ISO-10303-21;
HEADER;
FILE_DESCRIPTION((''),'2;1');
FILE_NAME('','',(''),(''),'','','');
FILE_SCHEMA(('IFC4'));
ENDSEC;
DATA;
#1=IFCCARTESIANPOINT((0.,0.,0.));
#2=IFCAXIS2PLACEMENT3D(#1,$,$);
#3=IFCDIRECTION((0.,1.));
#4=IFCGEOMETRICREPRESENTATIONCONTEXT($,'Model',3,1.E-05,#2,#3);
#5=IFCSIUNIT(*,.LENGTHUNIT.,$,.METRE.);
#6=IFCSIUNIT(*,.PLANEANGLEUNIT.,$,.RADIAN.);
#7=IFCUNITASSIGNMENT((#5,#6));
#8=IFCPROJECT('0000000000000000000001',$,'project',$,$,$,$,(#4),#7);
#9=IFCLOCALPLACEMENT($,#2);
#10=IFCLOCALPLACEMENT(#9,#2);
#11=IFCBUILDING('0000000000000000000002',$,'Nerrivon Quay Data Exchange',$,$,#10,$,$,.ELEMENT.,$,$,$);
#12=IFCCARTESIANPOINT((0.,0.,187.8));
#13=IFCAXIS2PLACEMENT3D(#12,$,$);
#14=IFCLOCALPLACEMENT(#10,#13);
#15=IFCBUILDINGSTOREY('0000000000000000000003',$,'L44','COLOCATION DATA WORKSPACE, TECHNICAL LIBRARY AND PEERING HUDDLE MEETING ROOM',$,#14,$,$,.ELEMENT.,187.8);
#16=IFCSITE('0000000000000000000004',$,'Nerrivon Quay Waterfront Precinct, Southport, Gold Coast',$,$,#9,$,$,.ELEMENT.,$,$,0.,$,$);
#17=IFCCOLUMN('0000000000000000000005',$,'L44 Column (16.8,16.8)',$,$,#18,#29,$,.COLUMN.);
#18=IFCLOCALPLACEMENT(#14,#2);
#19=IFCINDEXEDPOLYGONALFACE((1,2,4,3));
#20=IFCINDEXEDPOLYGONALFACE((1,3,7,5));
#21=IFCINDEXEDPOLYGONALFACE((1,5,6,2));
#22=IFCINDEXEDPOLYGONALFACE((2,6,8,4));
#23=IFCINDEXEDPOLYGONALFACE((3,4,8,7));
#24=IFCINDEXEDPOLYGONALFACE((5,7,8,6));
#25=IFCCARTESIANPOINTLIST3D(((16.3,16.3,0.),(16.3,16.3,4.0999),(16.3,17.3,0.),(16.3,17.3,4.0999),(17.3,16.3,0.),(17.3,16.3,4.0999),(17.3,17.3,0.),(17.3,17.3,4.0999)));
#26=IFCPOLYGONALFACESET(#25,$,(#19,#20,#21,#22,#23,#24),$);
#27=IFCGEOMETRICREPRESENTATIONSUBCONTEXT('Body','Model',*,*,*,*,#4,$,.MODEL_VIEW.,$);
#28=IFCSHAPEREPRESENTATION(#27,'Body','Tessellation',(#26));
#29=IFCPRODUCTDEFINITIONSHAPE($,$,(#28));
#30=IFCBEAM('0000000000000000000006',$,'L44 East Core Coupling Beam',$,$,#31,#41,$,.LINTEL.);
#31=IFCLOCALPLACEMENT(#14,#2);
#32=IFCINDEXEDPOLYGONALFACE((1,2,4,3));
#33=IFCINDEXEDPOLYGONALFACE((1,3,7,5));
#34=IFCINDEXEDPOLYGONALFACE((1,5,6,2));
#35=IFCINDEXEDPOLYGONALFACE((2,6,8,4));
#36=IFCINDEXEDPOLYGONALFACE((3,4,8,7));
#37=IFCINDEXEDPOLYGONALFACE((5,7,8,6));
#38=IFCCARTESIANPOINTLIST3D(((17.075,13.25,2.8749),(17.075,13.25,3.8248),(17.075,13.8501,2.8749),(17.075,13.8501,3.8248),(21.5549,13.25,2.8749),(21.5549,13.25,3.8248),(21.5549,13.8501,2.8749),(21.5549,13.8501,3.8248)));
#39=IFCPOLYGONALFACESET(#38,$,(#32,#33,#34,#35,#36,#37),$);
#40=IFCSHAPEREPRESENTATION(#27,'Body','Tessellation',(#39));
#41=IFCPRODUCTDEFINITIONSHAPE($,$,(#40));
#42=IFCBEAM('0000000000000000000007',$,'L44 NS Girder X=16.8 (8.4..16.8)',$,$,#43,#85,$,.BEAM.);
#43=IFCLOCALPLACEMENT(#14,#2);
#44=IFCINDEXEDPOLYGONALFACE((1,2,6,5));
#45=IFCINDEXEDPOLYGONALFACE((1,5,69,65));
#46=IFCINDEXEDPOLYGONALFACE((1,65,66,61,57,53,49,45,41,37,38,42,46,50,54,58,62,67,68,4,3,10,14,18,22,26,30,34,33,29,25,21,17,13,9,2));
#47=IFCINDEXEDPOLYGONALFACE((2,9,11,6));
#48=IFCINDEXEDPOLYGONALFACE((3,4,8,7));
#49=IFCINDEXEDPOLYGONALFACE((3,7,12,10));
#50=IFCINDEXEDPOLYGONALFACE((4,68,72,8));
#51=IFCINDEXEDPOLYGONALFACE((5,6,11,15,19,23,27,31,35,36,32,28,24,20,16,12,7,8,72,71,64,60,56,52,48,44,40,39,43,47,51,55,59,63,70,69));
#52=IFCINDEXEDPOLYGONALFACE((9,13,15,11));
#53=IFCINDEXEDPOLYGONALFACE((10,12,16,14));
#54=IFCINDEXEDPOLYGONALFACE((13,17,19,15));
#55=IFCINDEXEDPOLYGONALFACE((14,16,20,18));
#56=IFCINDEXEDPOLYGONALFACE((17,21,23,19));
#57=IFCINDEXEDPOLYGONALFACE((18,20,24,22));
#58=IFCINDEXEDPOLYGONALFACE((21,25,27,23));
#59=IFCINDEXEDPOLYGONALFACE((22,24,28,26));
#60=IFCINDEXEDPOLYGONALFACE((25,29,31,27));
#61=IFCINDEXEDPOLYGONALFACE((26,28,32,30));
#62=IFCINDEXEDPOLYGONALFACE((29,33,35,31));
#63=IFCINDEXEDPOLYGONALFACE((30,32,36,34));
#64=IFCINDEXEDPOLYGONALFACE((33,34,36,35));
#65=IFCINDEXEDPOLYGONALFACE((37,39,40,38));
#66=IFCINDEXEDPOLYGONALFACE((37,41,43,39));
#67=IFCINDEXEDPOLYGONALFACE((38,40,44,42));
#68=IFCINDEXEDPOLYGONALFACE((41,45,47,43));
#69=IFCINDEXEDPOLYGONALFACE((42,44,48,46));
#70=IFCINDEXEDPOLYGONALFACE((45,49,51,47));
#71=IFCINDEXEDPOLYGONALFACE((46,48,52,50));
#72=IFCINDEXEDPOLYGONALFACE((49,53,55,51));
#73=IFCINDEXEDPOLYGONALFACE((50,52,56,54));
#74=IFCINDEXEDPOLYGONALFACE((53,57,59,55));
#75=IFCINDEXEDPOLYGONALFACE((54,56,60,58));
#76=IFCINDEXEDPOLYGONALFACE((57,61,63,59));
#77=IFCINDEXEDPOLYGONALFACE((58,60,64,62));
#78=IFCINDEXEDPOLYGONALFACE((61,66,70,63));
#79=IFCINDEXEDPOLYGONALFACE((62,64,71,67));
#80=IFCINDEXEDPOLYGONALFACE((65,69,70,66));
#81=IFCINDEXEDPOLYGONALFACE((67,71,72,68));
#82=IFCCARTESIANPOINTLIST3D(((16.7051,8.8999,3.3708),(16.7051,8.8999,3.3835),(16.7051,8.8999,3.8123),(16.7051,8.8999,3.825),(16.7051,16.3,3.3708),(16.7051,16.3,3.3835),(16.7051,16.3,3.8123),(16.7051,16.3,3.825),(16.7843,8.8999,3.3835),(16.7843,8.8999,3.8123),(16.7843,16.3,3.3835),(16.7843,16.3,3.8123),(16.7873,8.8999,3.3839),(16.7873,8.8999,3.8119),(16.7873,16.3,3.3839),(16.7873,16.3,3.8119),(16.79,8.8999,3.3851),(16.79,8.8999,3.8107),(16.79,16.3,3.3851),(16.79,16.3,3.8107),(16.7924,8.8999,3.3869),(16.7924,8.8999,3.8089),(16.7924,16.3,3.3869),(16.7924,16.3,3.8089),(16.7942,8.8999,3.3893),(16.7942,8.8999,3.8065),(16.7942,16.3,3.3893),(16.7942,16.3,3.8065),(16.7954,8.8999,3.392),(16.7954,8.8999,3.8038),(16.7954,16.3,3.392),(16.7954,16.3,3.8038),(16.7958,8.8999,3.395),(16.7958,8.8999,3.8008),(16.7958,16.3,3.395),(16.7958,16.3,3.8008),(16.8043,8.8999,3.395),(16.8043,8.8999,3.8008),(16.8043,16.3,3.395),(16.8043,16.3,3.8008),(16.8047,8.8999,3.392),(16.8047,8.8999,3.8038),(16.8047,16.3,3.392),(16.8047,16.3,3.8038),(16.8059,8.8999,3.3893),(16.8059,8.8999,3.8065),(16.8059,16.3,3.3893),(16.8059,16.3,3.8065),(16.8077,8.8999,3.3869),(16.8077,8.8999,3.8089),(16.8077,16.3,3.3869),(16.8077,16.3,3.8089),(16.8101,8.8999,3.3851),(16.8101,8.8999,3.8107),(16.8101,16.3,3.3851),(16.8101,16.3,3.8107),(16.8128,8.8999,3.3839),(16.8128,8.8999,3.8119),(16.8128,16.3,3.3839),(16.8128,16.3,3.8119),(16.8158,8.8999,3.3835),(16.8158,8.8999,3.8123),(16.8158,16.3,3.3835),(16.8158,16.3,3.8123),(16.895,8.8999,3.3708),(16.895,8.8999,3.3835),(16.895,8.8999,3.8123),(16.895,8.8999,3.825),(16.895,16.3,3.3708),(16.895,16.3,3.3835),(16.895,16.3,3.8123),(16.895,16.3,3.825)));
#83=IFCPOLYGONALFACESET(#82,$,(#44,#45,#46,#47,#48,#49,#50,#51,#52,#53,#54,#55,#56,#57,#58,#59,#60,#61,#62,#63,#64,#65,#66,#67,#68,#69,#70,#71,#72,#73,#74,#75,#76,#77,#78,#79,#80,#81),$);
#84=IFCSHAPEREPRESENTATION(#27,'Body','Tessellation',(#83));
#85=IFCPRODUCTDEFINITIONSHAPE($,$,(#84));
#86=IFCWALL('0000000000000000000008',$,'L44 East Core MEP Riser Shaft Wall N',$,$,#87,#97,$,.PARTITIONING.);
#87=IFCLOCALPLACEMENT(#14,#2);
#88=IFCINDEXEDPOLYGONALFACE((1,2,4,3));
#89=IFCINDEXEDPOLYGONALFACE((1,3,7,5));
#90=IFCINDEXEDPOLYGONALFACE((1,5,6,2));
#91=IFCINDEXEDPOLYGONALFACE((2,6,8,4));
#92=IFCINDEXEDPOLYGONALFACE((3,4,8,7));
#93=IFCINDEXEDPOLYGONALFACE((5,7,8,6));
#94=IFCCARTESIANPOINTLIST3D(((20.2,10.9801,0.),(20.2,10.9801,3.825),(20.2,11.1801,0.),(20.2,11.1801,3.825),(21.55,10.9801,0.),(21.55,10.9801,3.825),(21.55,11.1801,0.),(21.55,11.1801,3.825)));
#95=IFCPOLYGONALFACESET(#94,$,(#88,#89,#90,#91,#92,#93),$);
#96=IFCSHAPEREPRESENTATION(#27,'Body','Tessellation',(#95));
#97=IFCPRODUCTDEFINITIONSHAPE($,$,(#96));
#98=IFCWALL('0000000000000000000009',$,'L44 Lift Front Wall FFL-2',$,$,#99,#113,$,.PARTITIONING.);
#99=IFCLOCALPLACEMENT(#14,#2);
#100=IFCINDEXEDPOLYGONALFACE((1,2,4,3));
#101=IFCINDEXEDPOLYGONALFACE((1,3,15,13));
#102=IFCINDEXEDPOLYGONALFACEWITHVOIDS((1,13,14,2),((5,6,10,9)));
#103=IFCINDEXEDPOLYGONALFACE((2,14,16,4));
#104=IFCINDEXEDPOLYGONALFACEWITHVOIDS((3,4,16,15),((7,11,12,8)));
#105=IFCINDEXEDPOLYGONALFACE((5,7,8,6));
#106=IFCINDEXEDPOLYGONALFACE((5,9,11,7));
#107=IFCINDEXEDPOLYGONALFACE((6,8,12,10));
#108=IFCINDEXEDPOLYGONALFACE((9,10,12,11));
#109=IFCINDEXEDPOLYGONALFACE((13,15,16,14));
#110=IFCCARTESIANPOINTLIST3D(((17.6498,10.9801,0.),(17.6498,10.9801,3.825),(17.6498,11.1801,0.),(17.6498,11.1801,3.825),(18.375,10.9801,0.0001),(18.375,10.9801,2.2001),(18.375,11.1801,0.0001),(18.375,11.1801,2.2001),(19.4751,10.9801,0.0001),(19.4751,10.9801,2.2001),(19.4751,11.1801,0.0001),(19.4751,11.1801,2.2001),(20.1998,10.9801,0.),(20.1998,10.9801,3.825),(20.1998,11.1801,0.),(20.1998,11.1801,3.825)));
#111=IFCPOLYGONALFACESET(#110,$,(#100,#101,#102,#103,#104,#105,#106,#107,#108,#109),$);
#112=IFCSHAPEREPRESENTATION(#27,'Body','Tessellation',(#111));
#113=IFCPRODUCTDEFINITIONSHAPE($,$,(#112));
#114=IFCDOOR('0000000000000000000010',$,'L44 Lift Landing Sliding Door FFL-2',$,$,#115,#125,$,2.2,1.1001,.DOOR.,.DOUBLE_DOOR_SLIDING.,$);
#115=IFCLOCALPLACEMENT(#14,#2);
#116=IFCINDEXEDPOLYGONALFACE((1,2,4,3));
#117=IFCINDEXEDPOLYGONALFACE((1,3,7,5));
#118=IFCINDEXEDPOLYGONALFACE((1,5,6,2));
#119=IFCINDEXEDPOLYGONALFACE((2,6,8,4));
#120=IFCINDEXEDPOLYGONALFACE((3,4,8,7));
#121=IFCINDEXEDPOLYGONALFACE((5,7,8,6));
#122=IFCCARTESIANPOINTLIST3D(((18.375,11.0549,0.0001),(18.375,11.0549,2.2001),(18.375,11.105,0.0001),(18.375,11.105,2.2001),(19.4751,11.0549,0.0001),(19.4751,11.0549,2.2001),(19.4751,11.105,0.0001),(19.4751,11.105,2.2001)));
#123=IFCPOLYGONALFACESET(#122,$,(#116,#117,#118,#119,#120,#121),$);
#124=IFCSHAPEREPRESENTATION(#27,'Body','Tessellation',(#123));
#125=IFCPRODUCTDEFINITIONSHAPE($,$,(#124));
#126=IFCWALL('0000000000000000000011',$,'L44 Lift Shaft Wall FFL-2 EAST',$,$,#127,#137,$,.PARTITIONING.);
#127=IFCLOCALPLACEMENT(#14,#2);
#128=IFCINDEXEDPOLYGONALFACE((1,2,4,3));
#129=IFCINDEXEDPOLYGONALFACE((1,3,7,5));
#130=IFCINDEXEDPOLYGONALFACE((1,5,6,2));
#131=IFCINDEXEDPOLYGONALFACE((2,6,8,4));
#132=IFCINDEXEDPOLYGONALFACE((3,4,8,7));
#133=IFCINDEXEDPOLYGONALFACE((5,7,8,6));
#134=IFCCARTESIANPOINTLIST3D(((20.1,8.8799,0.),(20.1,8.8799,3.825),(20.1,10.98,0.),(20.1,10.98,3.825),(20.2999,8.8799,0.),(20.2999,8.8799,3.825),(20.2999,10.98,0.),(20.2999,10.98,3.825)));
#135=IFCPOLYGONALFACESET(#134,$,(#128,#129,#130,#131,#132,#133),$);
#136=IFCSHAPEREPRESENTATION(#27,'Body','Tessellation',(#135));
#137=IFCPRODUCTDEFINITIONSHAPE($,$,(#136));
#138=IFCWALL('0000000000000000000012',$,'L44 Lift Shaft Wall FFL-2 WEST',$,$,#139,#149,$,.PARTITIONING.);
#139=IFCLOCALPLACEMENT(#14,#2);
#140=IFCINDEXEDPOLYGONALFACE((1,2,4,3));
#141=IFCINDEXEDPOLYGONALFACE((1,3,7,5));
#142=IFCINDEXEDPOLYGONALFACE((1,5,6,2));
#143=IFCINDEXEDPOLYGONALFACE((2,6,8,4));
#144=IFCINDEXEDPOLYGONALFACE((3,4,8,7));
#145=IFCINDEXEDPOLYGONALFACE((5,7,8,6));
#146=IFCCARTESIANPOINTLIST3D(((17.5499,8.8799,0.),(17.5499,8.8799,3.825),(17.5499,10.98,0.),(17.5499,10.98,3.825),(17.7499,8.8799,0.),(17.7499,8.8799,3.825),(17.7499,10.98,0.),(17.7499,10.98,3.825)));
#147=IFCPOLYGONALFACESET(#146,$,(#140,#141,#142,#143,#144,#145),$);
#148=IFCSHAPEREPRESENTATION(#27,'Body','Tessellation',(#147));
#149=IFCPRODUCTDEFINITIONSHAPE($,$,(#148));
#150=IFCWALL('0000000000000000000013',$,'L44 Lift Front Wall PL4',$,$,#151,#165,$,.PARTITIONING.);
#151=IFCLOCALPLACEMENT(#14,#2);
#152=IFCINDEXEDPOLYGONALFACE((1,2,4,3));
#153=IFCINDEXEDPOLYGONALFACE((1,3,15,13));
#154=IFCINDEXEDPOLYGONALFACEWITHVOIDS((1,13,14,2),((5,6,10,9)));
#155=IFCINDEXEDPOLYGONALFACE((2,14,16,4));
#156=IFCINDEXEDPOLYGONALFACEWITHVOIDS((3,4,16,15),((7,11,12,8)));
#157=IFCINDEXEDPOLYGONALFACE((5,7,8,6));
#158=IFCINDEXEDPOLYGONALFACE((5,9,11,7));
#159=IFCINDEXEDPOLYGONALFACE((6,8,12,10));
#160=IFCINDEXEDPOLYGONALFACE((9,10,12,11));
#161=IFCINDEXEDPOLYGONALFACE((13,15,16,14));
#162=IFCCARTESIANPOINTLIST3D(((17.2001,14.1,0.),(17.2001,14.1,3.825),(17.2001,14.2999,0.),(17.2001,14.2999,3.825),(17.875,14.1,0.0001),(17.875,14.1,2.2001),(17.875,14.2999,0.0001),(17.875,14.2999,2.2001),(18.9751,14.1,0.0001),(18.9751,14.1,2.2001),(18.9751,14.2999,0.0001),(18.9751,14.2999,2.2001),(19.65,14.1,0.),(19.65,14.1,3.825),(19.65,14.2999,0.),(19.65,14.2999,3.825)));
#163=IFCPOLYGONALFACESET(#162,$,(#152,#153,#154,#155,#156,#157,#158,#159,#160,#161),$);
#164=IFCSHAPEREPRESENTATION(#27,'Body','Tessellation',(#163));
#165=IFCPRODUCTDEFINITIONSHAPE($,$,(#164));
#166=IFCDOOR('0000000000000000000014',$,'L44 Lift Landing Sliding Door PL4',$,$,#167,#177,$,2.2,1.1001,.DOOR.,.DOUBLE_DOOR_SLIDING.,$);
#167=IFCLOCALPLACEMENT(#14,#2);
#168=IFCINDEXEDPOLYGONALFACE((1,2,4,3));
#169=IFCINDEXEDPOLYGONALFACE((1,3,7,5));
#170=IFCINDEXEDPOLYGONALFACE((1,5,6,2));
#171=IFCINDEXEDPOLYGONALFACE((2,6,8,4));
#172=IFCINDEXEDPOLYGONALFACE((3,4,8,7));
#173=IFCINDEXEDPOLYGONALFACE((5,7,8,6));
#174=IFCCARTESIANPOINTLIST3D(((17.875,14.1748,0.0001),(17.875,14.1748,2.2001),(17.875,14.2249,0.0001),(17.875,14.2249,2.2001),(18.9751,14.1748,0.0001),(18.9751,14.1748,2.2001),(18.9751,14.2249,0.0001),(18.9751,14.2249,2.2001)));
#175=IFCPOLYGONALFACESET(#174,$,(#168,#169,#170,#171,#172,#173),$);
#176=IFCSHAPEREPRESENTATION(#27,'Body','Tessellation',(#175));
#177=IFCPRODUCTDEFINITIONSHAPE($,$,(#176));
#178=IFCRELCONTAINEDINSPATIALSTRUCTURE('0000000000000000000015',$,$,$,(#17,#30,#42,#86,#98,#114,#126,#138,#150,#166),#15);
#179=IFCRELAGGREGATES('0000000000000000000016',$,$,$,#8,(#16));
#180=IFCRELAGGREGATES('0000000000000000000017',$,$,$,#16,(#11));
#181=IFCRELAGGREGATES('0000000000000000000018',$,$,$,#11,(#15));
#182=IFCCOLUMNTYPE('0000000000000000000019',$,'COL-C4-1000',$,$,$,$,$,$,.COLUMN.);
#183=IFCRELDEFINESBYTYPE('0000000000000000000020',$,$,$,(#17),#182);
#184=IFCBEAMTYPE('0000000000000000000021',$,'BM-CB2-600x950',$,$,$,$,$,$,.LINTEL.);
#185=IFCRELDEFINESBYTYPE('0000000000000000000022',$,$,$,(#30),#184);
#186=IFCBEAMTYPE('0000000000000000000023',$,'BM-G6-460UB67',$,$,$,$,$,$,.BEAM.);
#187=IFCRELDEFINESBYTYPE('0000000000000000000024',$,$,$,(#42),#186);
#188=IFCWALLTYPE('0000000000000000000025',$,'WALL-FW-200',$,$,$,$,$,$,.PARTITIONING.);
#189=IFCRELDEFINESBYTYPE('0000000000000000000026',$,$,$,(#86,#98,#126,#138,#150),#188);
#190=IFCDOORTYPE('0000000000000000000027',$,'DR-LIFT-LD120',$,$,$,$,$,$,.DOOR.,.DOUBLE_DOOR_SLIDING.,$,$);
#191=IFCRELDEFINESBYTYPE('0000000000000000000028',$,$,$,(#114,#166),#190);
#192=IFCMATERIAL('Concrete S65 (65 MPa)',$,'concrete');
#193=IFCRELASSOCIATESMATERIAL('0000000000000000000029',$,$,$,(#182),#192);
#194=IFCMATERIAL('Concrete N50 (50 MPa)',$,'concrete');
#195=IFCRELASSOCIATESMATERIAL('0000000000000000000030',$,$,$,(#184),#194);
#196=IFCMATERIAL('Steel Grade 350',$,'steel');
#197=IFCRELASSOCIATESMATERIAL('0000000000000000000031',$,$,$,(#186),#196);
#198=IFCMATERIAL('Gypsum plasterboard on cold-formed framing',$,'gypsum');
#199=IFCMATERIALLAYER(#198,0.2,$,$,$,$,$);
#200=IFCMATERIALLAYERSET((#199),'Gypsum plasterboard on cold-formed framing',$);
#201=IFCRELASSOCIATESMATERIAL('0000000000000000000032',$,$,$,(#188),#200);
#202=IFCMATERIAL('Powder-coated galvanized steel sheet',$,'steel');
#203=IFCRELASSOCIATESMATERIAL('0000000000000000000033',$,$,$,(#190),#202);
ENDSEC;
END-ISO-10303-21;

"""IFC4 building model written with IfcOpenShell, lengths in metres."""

from ifc_helpers import new_model, si_unit, direction, frame, frame_2d, origin, origin_2d, place, context, subcontext, project, spatial, rectangle, i_section, extrude, material, layer, layer_set, material_profile, profile_set, type_object, element, fill, save


model = new_model("IFC4")

# Units and contexts
model_context = context("Model", 3, precision=1e-05, world=origin(), true_north=direction((0.0, 1.0)))
body_context = subcontext(model_context, "Body", "Model", "MODEL_VIEW")
ifc_project = project(units=[si_unit("LENGTHUNIT", "METRE"), si_unit("PLANEANGLEUNIT", "RADIAN")], contexts=[model_context])

# Site, building, storey
site_placement = place(None, origin())
site = spatial("IfcSite", under=ifc_project, at=site_placement, Name="Nerrivon Quay Waterfront Precinct, Southport, Gold Coast", CompositionType="ELEMENT", RefElevation=0.0)
building_placement = place(site_placement, origin())
building = spatial("IfcBuilding", under=site, at=building_placement, Name="Nerrivon Quay Data Exchange", CompositionType="ELEMENT")
storey_placement = place(building_placement, frame((0.0, 0.0, 187.8)))
storey = spatial("IfcBuildingStorey", under=building, at=storey_placement, Name="L44", Description="COLOCATION DATA WORKSPACE, TECHNICAL LIBRARY AND PEERING HUDDLE MEETING ROOM", CompositionType="ELEMENT", Elevation=187.8)

# Column
ifc_material_1 = material(Name="Concrete S65 (65 MPa)", Category="concrete")
ifc_material_profile_1 = material_profile(ifc_material_1, rectangle(XDim=1.0, YDim=1.0, at=origin_2d()), Name="RC-COL-1000x1000")
ifc_profile_set_1 = profile_set([ifc_material_profile_1], Name="Concrete S65 (65 MPa)")
column_type = type_object("IfcColumnType", Name="COL-C4-1000", PredefinedType="COLUMN", material=ifc_profile_set_1)
column_placement = place(storey_placement, frame((16.8, 16.8, 0.0), z_axis=(0.0, 0.0, 1.0), x_axis=(1.0, 0.0, 0.0)))
element("IfcColumn", 1, at=column_placement, inside=storey, type_object=column_type, Name="L44 Column (16.8,16.8)", PredefinedType="COLUMN", context=body_context, shape_type="SweptSolid", body=[
    extrude(rectangle(XDim=1.0, YDim=1.0, at=origin_2d()), origin(), (0.0, 0.0, 1.0), 4.0999),
])

# Beams
ifc_material_2 = material(Name="Concrete N50 (50 MPa)", Category="concrete")
ifc_material_profile_2 = material_profile(ifc_material_2, rectangle(XDim=0.6001, YDim=0.95, at=origin_2d()), Name="RC-CB-600x950")
ifc_profile_set_2 = profile_set([ifc_material_profile_2], Name="Concrete N50 (50 MPa)")
beam_type_1 = type_object("IfcBeamType", Name="BM-CB2-600x950", PredefinedType="LINTEL", material=ifc_profile_set_2)
beam_1_placement = place(storey_placement, frame((17.075, 13.55, 3.3499), z_axis=(1.0, 0.0, 0.0), x_axis=(0.0, 1.0, 0.0)))
element("IfcBeam", 2, at=beam_1_placement, inside=storey, type_object=beam_type_1, Name="L44 East Core Coupling Beam", PredefinedType="LINTEL", context=body_context, shape_type="SweptSolid", body=[
    extrude(rectangle(XDim=0.6001, YDim=0.95, at=origin_2d()), origin(), (0.0, 0.0, 1.0), 4.48),
])
ifc_material_3 = material(Name="Steel Grade 350", Category="steel")
ifc_material_profile_3 = material_profile(ifc_material_3, i_section(OverallWidth=0.1899, OverallDepth=0.4541, WebThickness=0.0085, FlangeThickness=0.0127, FilletRadius=0.0115, at=origin_2d()), Name="460UB67.1")
ifc_profile_set_3 = profile_set([ifc_material_profile_3], Name="Steel Grade 350")
beam_type_2 = type_object("IfcBeamType", Name="BM-G6-460UB67", PredefinedType="BEAM", material=ifc_profile_set_3)
beam_2_placement = place(storey_placement, frame((16.8, 8.8999, 3.5979), z_axis=(0.0, 1.0, 0.0), x_axis=(-1.0, 0.0, 0.0)))
element("IfcBeam", 3, at=beam_2_placement, inside=storey, type_object=beam_type_2, Name="L44 NS Girder X=16.8 (8.4..16.8)", PredefinedType="BEAM", context=body_context, shape_type="SweptSolid", body=[
    extrude(i_section(OverallWidth=0.1899, OverallDepth=0.4541, WebThickness=0.0085, FlangeThickness=0.0127, FilletRadius=0.0115, at=origin_2d()), origin(), (0.0, 0.0, 1.0), 7.4001),
])

# Shared definitions
ifc_material_4 = material(Name="Powder-coated galvanized steel sheet", Category="steel")

# Wall
ifc_material_5 = material(Name="Gypsum plasterboard on cold-formed framing", Category="gypsum")
ifc_layer_1 = layer(ifc_material_5, 0.2)
ifc_layer_set_1 = layer_set([ifc_layer_1], Name="Gypsum plasterboard on cold-formed framing")
wall_type_1 = type_object("IfcWallType", Name="WALL-FW-200", PredefinedType="PARTITIONING", material=ifc_layer_set_1)
wall_1_placement = place(storey_placement, frame((20.2, 11.0801, 0.0), z_axis=(0.0, 0.0, 1.0), x_axis=(1.0, 0.0, 0.0)))
element("IfcWall", 4, at=wall_1_placement, inside=storey, type_object=wall_type_1, Name="L44 East Core MEP Riser Shaft Wall N", PredefinedType="PARTITIONING", context=body_context, shape_type="SweptSolid", body=[
    extrude(rectangle(XDim=1.3501, YDim=0.2, at=frame_2d((0.675, 0.0))), origin(), (0.0, 0.0, 1.0), 3.825),
])

# Wall, opening, door
wall_2_placement = place(storey_placement, frame((17.6499, 11.0801, 0.0), z_axis=(0.0, 0.0, 1.0), x_axis=(1.0, 0.0, 0.0)))
wall_2 = element("IfcWall", 5, at=wall_2_placement, inside=storey, type_object=wall_type_1, Name="L44 Lift Front Wall FFL-2", PredefinedType="PARTITIONING", context=body_context, shape_type="SweptSolid", body=[
    extrude(rectangle(XDim=2.55, YDim=0.2, at=frame_2d((1.2749, 0.0))), origin(), (0.0, 0.0, 1.0), 3.825),
])
opening_1_placement = place(wall_2_placement, frame((0.7251, 0.0, 0.0)))
opening_1 = element("IfcOpeningElement", 6, at=opening_1_placement, cuts=wall_2, PredefinedType="OPENING", context=body_context, shape_type="SweptSolid", body=[
    extrude(rectangle(XDim=1.1001, YDim=2.2, at=frame_2d((0.55, 1.1001))), frame((0.0, 0.1099, 0.0), z_axis=(0.0, -1.0, 0.0), x_axis=(1.0, 0.0, 0.0)), (0.0, 0.0, 1.0), 0.22),
])
door_type_1 = type_object("IfcDoorType", Name="DR-LIFT-LD120", OperationType="DOUBLE_DOOR_SLIDING", PredefinedType="DOOR", material=ifc_material_4)
door_1_placement = place(opening_1_placement, origin())
door_1 = element("IfcDoor", 7, at=door_1_placement, inside=storey, type_object=door_type_1, Name="L44 Lift Landing Sliding Door FFL-2", OperationType="DOUBLE_DOOR_SLIDING", OverallHeight=2.2, OverallWidth=1.1001, PredefinedType="DOOR", context=body_context, shape_type="SweptSolid", body=[
    extrude(rectangle(XDim=1.1001, YDim=2.2, at=frame_2d((0.55, 1.1001))), frame((0.0, 0.0249, 0.0), z_axis=(0.0, -1.0, 0.0), x_axis=(1.0, 0.0, 0.0)), (0.0, 0.0, 1.0), 0.05),
])
fill(opening_1, door_1)

# Walls
for number, where, z_axis, x_axis, name in (
    (8, (20.2, 8.8799, 0.0), (0.0, 0.0, 1.0), (0.0, 1.0, 0.0), "L44 Lift Shaft Wall FFL-2 EAST"),
    (9, (17.6499, 8.8799, 0.0), (0.0, 0.0, 1.0), (0.0, 1.0, 0.0), "L44 Lift Shaft Wall FFL-2 WEST"),
):
    element("IfcWall", number, at=place(storey_placement, frame(where, z_axis=z_axis, x_axis=x_axis)), inside=storey, type_object=wall_type_1, Name=name, PredefinedType="PARTITIONING", context=body_context, shape_type="SweptSolid", body=[
        extrude(rectangle(XDim=2.1001, YDim=0.2, at=frame_2d((1.05, 0.0))), origin(), (0.0, 0.0, 1.0), 3.825),
    ])

# Wall, opening, door
wall_3_placement = place(storey_placement, frame((17.2, 14.2, 0.0), z_axis=(0.0, 0.0, 1.0), x_axis=(1.0, 0.0, 0.0)))
wall_3 = element("IfcWall", 10, at=wall_3_placement, inside=storey, type_object=wall_type_1, Name="L44 Lift Front Wall PL4", PredefinedType="PARTITIONING", context=body_context, shape_type="SweptSolid", body=[
    extrude(rectangle(XDim=2.45, YDim=0.2, at=frame_2d((1.2251, 0.0))), origin(), (0.0, 0.0, 1.0), 3.825),
])
opening_2_placement = place(wall_3_placement, frame((0.675, 0.0, 0.0)))
opening_2 = element("IfcOpeningElement", 11, at=opening_2_placement, cuts=wall_3, PredefinedType="OPENING", context=body_context, shape_type="SweptSolid", body=[
    extrude(rectangle(XDim=1.1001, YDim=2.2, at=frame_2d((0.55, 1.1001))), frame((0.0, 0.1099, 0.0), z_axis=(0.0, -1.0, 0.0), x_axis=(1.0, 0.0, 0.0)), (0.0, 0.0, 1.0), 0.22),
])
door_2_placement = place(opening_2_placement, origin())
door_2 = element("IfcDoor", 12, at=door_2_placement, inside=storey, type_object=door_type_1, Name="L44 Lift Landing Sliding Door PL4", OperationType="DOUBLE_DOOR_SLIDING", OverallHeight=2.2, OverallWidth=1.1001, PredefinedType="DOOR", context=body_context, shape_type="SweptSolid", body=[
    extrude(rectangle(XDim=1.1001, YDim=2.2, at=frame_2d((0.55, 1.1001))), frame((0.0, 0.0249, 0.0), z_axis=(0.0, -1.0, 0.0), x_axis=(1.0, 0.0, 0.0)), (0.0, 0.0, 1.0), 0.05),
])
fill(opening_2, door_2)

save(model, "model.ifc")
